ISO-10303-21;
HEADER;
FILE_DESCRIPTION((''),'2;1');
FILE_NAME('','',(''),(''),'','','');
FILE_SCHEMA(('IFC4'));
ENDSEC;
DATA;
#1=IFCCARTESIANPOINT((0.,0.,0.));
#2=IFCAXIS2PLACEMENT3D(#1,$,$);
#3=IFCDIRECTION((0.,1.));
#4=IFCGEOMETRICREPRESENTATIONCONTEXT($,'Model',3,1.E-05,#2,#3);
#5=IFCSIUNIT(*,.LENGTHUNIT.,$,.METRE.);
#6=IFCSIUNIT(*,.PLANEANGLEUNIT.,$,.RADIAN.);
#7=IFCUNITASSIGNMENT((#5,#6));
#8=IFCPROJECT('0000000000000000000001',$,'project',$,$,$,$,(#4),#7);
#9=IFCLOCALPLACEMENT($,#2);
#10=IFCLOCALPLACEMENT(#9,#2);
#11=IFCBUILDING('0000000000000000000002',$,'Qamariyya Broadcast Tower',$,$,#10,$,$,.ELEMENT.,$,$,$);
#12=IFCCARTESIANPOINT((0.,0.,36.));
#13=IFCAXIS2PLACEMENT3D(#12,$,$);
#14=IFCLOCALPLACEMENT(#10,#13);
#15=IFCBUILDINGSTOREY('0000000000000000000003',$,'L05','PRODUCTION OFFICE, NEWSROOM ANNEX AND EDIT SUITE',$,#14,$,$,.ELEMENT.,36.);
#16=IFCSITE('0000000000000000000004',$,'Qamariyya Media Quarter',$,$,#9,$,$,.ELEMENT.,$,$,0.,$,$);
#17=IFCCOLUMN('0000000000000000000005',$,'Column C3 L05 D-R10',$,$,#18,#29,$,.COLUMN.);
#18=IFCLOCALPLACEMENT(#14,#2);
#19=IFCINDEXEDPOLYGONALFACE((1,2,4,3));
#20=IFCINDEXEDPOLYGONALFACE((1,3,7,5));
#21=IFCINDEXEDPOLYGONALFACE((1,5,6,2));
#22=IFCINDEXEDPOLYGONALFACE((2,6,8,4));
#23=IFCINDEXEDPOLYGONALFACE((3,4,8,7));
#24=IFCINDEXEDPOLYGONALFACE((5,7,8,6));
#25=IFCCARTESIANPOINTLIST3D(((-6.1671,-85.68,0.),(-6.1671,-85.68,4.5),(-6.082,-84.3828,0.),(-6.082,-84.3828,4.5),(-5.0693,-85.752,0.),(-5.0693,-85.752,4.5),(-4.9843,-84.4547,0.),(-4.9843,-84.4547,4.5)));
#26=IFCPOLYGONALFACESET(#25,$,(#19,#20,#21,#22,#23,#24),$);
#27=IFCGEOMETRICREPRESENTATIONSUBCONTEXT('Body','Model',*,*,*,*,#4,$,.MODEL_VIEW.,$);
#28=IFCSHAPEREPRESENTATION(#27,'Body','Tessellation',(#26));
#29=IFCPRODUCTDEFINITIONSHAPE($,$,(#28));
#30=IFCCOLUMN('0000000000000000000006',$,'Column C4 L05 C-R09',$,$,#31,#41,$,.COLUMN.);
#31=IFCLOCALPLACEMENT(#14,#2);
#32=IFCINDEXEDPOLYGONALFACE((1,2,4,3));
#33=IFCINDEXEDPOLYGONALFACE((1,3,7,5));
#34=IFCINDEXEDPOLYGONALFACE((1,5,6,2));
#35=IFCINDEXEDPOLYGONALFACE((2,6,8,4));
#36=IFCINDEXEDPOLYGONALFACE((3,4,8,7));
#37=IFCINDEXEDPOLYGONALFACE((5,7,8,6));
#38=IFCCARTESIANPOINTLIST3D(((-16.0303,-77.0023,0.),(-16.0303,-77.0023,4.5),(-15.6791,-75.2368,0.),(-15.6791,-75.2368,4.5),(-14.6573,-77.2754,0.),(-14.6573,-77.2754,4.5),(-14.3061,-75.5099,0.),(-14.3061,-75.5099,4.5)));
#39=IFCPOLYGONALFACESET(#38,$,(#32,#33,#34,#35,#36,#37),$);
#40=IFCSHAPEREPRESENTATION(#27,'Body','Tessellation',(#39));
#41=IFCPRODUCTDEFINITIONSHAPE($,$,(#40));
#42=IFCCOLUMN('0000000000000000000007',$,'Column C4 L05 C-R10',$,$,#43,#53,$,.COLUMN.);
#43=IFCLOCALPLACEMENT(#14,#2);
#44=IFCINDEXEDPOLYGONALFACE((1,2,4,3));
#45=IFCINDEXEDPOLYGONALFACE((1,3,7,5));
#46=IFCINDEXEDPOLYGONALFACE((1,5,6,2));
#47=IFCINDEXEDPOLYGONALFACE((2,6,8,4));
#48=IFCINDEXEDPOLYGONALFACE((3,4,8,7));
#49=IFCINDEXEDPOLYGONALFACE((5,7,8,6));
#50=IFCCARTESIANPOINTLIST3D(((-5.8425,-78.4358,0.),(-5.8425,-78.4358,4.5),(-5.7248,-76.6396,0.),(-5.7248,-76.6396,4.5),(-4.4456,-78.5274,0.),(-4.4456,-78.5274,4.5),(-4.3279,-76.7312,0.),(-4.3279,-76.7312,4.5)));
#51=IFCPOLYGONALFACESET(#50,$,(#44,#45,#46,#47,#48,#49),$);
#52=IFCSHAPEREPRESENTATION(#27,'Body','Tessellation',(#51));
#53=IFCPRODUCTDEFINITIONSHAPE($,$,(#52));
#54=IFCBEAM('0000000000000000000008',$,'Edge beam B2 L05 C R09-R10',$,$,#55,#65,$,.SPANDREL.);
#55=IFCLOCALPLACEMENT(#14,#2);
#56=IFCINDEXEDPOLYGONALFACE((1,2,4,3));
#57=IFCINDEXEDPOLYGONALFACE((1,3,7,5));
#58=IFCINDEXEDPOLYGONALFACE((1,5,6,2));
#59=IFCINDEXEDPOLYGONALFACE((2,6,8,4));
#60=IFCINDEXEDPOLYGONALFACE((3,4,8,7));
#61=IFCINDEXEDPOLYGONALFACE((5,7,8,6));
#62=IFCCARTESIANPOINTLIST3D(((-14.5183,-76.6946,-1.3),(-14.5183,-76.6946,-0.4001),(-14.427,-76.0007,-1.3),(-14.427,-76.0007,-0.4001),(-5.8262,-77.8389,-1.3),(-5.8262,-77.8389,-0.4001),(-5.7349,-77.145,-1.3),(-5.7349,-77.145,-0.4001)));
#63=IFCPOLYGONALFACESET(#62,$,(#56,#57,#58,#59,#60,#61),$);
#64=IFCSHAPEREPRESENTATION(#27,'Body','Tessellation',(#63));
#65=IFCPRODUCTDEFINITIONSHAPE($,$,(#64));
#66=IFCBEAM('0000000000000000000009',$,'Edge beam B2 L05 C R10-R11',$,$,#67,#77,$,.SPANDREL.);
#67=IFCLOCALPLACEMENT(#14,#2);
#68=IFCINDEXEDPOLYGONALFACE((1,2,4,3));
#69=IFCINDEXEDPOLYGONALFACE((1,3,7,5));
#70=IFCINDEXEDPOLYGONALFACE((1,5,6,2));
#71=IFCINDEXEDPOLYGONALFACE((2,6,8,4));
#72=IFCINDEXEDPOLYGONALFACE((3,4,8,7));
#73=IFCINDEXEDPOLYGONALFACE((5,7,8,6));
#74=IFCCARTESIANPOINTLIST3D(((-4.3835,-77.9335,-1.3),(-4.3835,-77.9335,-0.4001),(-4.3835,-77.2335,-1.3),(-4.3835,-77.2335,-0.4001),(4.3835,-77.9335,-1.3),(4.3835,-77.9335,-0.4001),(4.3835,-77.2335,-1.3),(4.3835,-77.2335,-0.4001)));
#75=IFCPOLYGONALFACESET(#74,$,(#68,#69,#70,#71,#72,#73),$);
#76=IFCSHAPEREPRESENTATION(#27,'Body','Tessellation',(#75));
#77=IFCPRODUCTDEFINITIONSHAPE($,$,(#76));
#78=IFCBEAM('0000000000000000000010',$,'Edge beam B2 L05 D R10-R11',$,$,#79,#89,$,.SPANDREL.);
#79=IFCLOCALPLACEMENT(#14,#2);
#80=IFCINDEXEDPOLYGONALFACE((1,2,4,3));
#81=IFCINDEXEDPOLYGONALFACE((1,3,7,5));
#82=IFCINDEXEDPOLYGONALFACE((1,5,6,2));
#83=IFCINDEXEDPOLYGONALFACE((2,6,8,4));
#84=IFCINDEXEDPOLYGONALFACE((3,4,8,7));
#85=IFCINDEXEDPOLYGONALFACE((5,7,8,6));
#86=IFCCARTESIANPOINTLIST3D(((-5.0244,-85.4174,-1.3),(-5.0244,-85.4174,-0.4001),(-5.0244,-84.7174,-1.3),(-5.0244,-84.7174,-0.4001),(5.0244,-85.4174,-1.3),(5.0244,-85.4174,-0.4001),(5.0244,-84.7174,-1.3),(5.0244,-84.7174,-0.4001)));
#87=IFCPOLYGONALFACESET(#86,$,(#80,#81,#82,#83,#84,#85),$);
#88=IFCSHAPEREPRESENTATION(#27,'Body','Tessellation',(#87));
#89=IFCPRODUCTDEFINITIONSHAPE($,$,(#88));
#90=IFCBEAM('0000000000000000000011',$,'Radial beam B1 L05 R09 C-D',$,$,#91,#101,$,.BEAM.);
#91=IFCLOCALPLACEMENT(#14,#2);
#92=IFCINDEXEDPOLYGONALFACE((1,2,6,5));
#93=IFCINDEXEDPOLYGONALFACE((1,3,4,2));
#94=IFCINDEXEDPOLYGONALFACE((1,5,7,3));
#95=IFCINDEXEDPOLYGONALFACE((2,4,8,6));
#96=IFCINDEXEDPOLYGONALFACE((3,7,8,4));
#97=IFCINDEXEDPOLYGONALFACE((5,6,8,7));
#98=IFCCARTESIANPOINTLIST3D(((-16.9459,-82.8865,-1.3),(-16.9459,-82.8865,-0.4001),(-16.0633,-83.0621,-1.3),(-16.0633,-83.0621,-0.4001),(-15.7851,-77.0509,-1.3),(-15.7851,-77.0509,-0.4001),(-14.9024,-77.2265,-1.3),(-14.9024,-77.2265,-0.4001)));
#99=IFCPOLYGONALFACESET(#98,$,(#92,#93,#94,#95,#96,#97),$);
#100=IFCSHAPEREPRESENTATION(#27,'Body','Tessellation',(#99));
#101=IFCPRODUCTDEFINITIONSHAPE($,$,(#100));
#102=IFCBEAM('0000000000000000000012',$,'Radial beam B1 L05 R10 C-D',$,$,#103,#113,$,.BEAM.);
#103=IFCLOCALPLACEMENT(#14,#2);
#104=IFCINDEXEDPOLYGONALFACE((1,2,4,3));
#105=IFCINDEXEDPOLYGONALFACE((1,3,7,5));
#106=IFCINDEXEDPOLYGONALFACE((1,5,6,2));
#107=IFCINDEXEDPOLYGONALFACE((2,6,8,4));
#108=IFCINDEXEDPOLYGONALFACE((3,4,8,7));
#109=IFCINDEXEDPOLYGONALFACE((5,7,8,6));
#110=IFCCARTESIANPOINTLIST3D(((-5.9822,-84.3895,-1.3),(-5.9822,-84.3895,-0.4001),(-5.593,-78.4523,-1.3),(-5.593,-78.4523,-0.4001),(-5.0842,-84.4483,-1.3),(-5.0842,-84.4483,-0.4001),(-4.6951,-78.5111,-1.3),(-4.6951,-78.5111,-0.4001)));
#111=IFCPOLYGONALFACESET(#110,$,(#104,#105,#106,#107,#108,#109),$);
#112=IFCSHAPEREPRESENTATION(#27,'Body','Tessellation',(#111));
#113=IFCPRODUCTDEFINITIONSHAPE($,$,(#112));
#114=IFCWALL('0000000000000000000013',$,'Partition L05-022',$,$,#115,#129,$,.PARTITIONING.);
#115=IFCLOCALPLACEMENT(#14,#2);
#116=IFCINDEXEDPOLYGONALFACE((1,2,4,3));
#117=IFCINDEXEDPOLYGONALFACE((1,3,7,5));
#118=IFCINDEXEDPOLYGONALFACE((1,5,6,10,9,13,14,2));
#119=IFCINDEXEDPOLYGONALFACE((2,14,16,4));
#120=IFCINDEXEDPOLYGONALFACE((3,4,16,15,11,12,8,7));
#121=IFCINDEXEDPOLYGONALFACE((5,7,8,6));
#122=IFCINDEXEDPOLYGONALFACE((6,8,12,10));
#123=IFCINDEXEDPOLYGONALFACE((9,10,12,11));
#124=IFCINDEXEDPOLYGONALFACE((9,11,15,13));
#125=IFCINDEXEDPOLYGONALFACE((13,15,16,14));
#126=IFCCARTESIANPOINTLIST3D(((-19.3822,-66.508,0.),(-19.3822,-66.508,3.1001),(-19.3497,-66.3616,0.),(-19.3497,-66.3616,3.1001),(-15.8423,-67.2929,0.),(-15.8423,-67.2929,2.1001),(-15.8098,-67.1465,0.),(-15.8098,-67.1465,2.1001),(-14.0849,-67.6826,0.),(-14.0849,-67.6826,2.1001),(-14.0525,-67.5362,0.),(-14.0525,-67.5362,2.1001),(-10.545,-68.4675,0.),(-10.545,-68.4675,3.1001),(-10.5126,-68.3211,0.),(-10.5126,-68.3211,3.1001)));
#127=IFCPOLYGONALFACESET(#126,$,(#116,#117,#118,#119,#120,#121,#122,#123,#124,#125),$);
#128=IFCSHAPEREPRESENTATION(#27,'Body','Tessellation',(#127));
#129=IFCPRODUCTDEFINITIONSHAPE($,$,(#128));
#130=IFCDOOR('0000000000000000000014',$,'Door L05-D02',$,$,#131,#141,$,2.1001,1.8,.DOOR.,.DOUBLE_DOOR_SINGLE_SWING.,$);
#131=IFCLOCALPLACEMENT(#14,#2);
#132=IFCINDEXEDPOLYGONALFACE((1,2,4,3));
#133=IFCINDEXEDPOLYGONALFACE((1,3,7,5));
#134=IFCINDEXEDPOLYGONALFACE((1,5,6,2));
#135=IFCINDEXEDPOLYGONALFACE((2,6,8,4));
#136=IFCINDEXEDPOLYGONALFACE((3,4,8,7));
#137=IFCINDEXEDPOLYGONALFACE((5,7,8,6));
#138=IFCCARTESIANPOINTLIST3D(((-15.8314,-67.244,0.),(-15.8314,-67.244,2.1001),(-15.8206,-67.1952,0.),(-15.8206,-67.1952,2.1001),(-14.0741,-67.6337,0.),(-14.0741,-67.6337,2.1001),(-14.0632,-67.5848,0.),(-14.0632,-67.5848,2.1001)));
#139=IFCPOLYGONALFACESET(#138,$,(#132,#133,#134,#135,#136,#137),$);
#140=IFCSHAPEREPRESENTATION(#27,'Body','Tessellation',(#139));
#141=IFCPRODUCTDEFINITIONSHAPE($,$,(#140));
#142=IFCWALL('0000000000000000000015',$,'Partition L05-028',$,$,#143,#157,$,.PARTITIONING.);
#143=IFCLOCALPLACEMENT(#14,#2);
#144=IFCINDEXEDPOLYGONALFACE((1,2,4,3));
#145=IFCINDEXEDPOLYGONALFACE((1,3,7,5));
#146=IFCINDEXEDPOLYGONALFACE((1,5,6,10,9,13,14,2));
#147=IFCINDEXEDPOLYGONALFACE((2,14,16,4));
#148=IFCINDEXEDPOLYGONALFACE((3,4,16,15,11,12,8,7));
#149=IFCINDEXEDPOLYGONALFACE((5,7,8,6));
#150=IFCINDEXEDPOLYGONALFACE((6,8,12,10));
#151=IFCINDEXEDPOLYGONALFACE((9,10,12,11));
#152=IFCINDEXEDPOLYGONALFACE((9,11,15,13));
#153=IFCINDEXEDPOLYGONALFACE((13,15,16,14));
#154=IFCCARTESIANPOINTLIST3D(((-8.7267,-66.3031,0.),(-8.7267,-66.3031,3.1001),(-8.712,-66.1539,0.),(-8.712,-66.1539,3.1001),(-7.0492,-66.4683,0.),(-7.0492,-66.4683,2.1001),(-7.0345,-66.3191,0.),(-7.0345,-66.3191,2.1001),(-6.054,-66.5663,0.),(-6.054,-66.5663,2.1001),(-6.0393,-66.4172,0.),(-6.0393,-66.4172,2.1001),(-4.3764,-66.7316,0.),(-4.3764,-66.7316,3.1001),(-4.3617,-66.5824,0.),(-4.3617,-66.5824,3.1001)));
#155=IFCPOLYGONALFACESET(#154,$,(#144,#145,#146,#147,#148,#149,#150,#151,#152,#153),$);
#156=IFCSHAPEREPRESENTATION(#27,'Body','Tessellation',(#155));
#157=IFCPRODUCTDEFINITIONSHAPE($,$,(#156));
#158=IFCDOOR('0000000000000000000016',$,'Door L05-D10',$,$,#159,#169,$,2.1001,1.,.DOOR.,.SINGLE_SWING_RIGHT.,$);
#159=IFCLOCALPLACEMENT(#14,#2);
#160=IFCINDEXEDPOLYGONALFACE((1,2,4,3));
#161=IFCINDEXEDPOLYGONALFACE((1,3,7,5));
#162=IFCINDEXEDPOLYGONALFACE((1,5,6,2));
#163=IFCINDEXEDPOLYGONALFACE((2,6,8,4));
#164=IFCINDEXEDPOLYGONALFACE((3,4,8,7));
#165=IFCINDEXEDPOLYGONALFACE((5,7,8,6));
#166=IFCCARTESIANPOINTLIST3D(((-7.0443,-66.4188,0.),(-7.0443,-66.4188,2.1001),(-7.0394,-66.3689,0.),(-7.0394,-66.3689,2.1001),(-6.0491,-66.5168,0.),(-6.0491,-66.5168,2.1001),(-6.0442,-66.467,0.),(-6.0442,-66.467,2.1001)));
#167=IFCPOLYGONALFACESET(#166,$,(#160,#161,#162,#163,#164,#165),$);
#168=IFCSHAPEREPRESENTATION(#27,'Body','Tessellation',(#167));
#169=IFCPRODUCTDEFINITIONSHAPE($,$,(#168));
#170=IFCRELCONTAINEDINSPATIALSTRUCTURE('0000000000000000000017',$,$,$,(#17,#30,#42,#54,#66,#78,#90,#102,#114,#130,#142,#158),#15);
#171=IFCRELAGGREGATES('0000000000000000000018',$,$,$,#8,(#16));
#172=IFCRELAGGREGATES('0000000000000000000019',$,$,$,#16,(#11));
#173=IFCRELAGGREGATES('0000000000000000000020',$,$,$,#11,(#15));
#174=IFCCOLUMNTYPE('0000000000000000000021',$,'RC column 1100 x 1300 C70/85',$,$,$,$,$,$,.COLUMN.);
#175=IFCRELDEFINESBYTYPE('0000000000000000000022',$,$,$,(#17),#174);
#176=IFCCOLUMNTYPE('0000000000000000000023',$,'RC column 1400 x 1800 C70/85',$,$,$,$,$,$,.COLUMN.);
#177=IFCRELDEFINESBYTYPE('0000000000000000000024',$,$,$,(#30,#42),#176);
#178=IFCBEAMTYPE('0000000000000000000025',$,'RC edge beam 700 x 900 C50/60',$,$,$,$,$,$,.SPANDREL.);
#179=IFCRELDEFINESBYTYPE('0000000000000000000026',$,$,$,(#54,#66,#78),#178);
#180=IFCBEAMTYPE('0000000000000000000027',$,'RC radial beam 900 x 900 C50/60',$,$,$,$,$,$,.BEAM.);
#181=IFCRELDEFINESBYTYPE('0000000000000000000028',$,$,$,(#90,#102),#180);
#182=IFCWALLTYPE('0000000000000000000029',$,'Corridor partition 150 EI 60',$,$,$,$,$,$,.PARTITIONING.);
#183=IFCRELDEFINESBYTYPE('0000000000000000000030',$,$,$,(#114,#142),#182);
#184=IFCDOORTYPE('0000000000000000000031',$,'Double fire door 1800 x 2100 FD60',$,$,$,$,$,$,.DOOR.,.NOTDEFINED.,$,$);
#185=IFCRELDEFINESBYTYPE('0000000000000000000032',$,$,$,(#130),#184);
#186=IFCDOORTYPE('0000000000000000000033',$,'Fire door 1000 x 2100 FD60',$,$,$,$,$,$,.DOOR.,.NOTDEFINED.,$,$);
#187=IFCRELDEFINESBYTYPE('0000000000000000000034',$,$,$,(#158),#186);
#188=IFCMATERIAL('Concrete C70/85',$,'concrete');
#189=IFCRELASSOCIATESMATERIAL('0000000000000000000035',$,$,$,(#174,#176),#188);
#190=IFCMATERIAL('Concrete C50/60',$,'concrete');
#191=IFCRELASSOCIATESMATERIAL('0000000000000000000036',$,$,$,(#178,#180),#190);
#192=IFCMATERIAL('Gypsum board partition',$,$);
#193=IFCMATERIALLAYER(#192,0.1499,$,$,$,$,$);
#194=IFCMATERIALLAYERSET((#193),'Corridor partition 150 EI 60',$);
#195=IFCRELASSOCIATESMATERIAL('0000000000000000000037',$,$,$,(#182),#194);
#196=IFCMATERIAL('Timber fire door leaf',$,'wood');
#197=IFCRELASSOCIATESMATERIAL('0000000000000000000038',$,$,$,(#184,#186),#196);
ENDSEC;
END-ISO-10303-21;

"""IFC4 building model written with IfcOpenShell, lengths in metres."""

from ifc_helpers import new_model, si_unit, direction, frame, frame_2d, origin, origin_2d, place, context, subcontext, project, spatial, rectangle, extrude, material, layer, layer_set, material_profile, profile_set, type_object, element, fill, save


model = new_model("IFC4")

# Units and contexts
model_context = context("Model", 3, precision=1e-05, world=origin(), true_north=direction((0.0, 1.0)))
body_context = subcontext(model_context, "Body", "Model", "MODEL_VIEW")
ifc_project = project(units=[si_unit("LENGTHUNIT", "METRE"), si_unit("PLANEANGLEUNIT", "RADIAN")], contexts=[model_context])

# Site, building, storey
site_placement = place(None, origin())
site = spatial("IfcSite", under=ifc_project, at=site_placement, Name="Qamariyya Media Quarter", CompositionType="ELEMENT", RefElevation=0.0)
building_placement = place(site_placement, origin())
building = spatial("IfcBuilding", under=site, at=building_placement, Name="Qamariyya Broadcast Tower", CompositionType="ELEMENT")
storey_placement = place(building_placement, frame((0.0, 0.0, 36.0)))
storey = spatial("IfcBuildingStorey", under=building, at=storey_placement, Name="L05", Description="PRODUCTION OFFICE, NEWSROOM ANNEX AND EDIT SUITE", CompositionType="ELEMENT", Elevation=36.0)

# Columns
ifc_material_1 = material(Name="Concrete C70/85", Category="concrete")
ifc_material_profile_1 = material_profile(ifc_material_1, rectangle(XDim=1.1001, YDim=1.3, at=origin_2d()))
ifc_profile_set_1 = profile_set([ifc_material_profile_1], Name="Concrete C70/85")
column_type_1 = type_object("IfcColumnType", Name="RC column 1100 x 1300 C70/85", PredefinedType="COLUMN", material=ifc_profile_set_1)
column_placement = place(storey_placement, frame((-5.5757, -85.0674, 0.0), z_axis=(0.0, 0.0, 1.0), x_axis=(0.997859, -0.065403, 0.0)))
element("IfcColumn", 1, at=column_placement, inside=storey, type_object=column_type_1, Name="Column C3 L05 D-R10", PredefinedType="COLUMN", context=body_context, shape_type="SweptSolid", body=[
    extrude(rectangle(XDim=1.1001, YDim=1.3, at=origin_2d()), origin(), (0.0, 0.0, 1.0), 4.5),
])
ifc_material_profile_2 = material_profile(ifc_material_1, rectangle(XDim=1.3999, YDim=1.8, at=origin_2d()))
ifc_profile_set_2 = profile_set([ifc_material_profile_2], Name="Concrete C70/85")
column_type_2 = type_object("IfcColumnType", Name="RC column 1400 x 1800 C70/85", PredefinedType="COLUMN", material=ifc_profile_set_2)
for number, where, z_axis, x_axis, name in (
    (2, (-15.1682, -76.2561, 0.0), (0.0, 0.0, 1.0), (0.980785, -0.19509, 0.0), "Column C4 L05 C-R09"),
    (3, (-5.0852, -77.5835, 0.0), (0.0, 0.0, 1.0), (0.997859, -0.065403, 0.0), "Column C4 L05 C-R10"),
):
    element("IfcColumn", number, at=place(storey_placement, frame(where, z_axis=z_axis, x_axis=x_axis)), inside=storey, type_object=column_type_2, Name=name, PredefinedType="COLUMN", context=body_context, shape_type="SweptSolid", body=[
        extrude(rectangle(XDim=1.3999, YDim=1.8, at=origin_2d()), origin(), (0.0, 0.0, 1.0), 4.5),
    ])

# Beams
ifc_material_2 = material(Name="Concrete C50/60", Category="concrete")
ifc_material_profile_3 = material_profile(ifc_material_2, rectangle(XDim=0.7, YDim=0.8999, at=origin_2d()))
ifc_profile_set_3 = profile_set([ifc_material_profile_3], Name="Concrete C50/60")
beam_type_1 = type_object("IfcBeamType", Name="RC edge beam 700 x 900 C50/60", PredefinedType="SPANDREL", material=ifc_profile_set_3)
for number, where, z_axis, x_axis, name in (
    (4, (-14.4727, -76.3477, -0.8501), (0.991446, -0.13052, 0.0), (0.13052, 0.991446, 0.0), "Edge beam B2 L05 C R09-R10"),
    (5, (-4.3835, -77.5835, -0.8501), (1.0, 0.0, 0.0), (0.0, 1.0, 0.0), "Edge beam B2 L05 C R10-R11"),
):
    element("IfcBeam", number, at=place(storey_placement, frame(where, z_axis=z_axis, x_axis=x_axis)), inside=storey, type_object=beam_type_1, Name=name, PredefinedType="SPANDREL", context=body_context, shape_type="SweptSolid", body=[
        extrude(rectangle(XDim=0.7, YDim=0.8999, at=origin_2d()), origin(), (0.0, 0.0, 1.0), 8.7671),
    ])
beam_placement = place(storey_placement, frame((-5.0244, -85.0674, -0.8501), z_axis=(1.0, 0.0, 0.0), x_axis=(0.0, 1.0, 0.0)))
element("IfcBeam", 6, at=beam_placement, inside=storey, type_object=beam_type_1, Name="Edge beam B2 L05 D R10-R11", PredefinedType="SPANDREL", context=body_context, shape_type="SweptSolid", body=[
    extrude(rectangle(XDim=0.7, YDim=0.8999, at=origin_2d()), origin(), (0.0, 0.0, 1.0), 10.0488),
])
ifc_material_profile_4 = material_profile(ifc_material_2, rectangle(XDim=0.8999, YDim=0.8999, at=origin_2d()))
ifc_profile_set_4 = profile_set([ifc_material_profile_4], Name="Concrete C50/60")
beam_type_2 = type_object("IfcBeamType", Name="RC radial beam 900 x 900 C50/60", PredefinedType="BEAM", material=ifc_profile_set_4)
for number, where, z_axis, x_axis, name in (
    (7, (-15.3438, -77.1387, -0.8501), (-0.195106, -0.980782, 0.0), (0.980782, -0.195106, 0.0), "Radial beam B1 L05 R09 C-D"),
    (8, (-5.144, -78.4817, -0.8501), (-0.065405, -0.997859, 0.0), (0.997859, -0.065405, 0.0), "Radial beam B1 L05 R10 C-D"),
):
    element("IfcBeam", number, at=place(storey_placement, frame(where, z_axis=z_axis, x_axis=x_axis)), inside=storey, type_object=beam_type_2, Name=name, PredefinedType="BEAM", context=body_context, shape_type="SweptSolid", body=[
        extrude(rectangle(XDim=0.8999, YDim=0.8999, at=origin_2d()), origin(), (0.0, 0.0, 1.0), 5.95),
    ])

# Walls, openings, doors
ifc_material_3 = material(Name="Gypsum board partition")
ifc_layer_1 = layer(ifc_material_3, 0.1499)
ifc_layer_set_1 = layer_set([ifc_layer_1], Name="Corridor partition 150 EI 60")
wall_type_1 = type_object("IfcWallType", Name="Corridor partition 150 EI 60", PredefinedType="PARTITIONING", material=ifc_layer_set_1)
wall_1_placement = place(storey_placement, frame((-10.5288, -68.3943, 0.0), z_axis=(0.0, 0.0, 1.0), x_axis=(-0.976288, 0.216474, 0.0)))
wall_1 = element("IfcWall", 9, at=wall_1_placement, inside=storey, type_object=wall_type_1, Name="Partition L05-022", PredefinedType="PARTITIONING", context=body_context, shape_type="SweptSolid", body=[
    extrude(rectangle(XDim=9.0518, YDim=0.1499, at=frame_2d((4.5259, 0.0))), origin(), (0.0, 0.0, 1.0), 3.1001),
])
opening_1_placement = place(wall_1_placement, frame((3.626, 0.0, 0.0)))
opening_1 = element("IfcOpeningElement", 10, at=opening_1_placement, cuts=wall_1, PredefinedType="OPENING", context=body_context, shape_type="SweptSolid", body=[
    extrude(rectangle(XDim=1.8, YDim=2.1001, at=frame_2d((0.8999, 1.05))), frame((0.0, 0.085, 0.0), z_axis=(0.0, -1.0, 0.0), x_axis=(1.0, 0.0, 0.0)), (0.0, 0.0, 1.0), 0.1699),
])
ifc_material_4 = material(Name="Timber fire door leaf", Category="wood")
door_type_1 = type_object("IfcDoorType", Name="Double fire door 1800 x 2100 FD60", OperationType="NOTDEFINED", PredefinedType="DOOR", material=ifc_material_4)
door_1_placement = place(opening_1_placement, origin())
door_1 = element("IfcDoor", 11, at=door_1_placement, inside=storey, type_object=door_type_1, Name="Door L05-D02", OperationType="DOUBLE_DOOR_SINGLE_SWING", OverallHeight=2.1001, OverallWidth=1.8, PredefinedType="DOOR", context=body_context, shape_type="SweptSolid", body=[
    extrude(rectangle(XDim=1.8, YDim=2.1001, at=frame_2d((0.8999, 1.05))), frame((0.0, 0.0249, 0.0), z_axis=(0.0, -1.0, 0.0), x_axis=(1.0, 0.0, 0.0)), (0.0, 0.0, 1.0), 0.05),
])
fill(opening_1, door_1)
wall_2_placement = place(storey_placement, frame((-8.7192, -66.2285, 0.0), z_axis=(0.0, 0.0, 1.0), x_axis=(0.995185, -0.098016, 0.0)))
wall_2 = element("IfcWall", 12, at=wall_2_placement, inside=storey, type_object=wall_type_1, Name="Partition L05-028", PredefinedType="PARTITIONING", context=body_context, shape_type="SweptSolid", body=[
    extrude(rectangle(XDim=4.3713, YDim=0.1499, at=frame_2d((2.1855, 0.0))), origin(), (0.0, 0.0, 1.0), 3.1001),
])
opening_2_placement = place(wall_2_placement, frame((1.6855, 0.0, 0.0)))
opening_2 = element("IfcOpeningElement", 13, at=opening_2_placement, cuts=wall_2, PredefinedType="OPENING", context=body_context, shape_type="SweptSolid", body=[
    extrude(rectangle(XDim=1.0, YDim=2.1001, at=frame_2d((0.5, 1.05))), frame((0.0, 0.085, 0.0), z_axis=(0.0, -1.0, 0.0), x_axis=(1.0, 0.0, 0.0)), (0.0, 0.0, 1.0), 0.1699),
])
door_type_2 = type_object("IfcDoorType", Name="Fire door 1000 x 2100 FD60", OperationType="NOTDEFINED", PredefinedType="DOOR", material=ifc_material_4)
door_2_placement = place(opening_2_placement, origin())
door_2 = element("IfcDoor", 14, at=door_2_placement, inside=storey, type_object=door_type_2, Name="Door L05-D10", OperationType="SINGLE_SWING_RIGHT", OverallHeight=2.1001, OverallWidth=1.0, PredefinedType="DOOR", context=body_context, shape_type="SweptSolid", body=[
    extrude(rectangle(XDim=1.0, YDim=2.1001, at=frame_2d((0.5, 1.05))), frame((0.0, 0.0249, 0.0), z_axis=(0.0, -1.0, 0.0), x_axis=(1.0, 0.0, 0.0)), (0.0, 0.0, 1.0), 0.05),
])
fill(opening_2, door_2)

save(model, "model.ifc")
